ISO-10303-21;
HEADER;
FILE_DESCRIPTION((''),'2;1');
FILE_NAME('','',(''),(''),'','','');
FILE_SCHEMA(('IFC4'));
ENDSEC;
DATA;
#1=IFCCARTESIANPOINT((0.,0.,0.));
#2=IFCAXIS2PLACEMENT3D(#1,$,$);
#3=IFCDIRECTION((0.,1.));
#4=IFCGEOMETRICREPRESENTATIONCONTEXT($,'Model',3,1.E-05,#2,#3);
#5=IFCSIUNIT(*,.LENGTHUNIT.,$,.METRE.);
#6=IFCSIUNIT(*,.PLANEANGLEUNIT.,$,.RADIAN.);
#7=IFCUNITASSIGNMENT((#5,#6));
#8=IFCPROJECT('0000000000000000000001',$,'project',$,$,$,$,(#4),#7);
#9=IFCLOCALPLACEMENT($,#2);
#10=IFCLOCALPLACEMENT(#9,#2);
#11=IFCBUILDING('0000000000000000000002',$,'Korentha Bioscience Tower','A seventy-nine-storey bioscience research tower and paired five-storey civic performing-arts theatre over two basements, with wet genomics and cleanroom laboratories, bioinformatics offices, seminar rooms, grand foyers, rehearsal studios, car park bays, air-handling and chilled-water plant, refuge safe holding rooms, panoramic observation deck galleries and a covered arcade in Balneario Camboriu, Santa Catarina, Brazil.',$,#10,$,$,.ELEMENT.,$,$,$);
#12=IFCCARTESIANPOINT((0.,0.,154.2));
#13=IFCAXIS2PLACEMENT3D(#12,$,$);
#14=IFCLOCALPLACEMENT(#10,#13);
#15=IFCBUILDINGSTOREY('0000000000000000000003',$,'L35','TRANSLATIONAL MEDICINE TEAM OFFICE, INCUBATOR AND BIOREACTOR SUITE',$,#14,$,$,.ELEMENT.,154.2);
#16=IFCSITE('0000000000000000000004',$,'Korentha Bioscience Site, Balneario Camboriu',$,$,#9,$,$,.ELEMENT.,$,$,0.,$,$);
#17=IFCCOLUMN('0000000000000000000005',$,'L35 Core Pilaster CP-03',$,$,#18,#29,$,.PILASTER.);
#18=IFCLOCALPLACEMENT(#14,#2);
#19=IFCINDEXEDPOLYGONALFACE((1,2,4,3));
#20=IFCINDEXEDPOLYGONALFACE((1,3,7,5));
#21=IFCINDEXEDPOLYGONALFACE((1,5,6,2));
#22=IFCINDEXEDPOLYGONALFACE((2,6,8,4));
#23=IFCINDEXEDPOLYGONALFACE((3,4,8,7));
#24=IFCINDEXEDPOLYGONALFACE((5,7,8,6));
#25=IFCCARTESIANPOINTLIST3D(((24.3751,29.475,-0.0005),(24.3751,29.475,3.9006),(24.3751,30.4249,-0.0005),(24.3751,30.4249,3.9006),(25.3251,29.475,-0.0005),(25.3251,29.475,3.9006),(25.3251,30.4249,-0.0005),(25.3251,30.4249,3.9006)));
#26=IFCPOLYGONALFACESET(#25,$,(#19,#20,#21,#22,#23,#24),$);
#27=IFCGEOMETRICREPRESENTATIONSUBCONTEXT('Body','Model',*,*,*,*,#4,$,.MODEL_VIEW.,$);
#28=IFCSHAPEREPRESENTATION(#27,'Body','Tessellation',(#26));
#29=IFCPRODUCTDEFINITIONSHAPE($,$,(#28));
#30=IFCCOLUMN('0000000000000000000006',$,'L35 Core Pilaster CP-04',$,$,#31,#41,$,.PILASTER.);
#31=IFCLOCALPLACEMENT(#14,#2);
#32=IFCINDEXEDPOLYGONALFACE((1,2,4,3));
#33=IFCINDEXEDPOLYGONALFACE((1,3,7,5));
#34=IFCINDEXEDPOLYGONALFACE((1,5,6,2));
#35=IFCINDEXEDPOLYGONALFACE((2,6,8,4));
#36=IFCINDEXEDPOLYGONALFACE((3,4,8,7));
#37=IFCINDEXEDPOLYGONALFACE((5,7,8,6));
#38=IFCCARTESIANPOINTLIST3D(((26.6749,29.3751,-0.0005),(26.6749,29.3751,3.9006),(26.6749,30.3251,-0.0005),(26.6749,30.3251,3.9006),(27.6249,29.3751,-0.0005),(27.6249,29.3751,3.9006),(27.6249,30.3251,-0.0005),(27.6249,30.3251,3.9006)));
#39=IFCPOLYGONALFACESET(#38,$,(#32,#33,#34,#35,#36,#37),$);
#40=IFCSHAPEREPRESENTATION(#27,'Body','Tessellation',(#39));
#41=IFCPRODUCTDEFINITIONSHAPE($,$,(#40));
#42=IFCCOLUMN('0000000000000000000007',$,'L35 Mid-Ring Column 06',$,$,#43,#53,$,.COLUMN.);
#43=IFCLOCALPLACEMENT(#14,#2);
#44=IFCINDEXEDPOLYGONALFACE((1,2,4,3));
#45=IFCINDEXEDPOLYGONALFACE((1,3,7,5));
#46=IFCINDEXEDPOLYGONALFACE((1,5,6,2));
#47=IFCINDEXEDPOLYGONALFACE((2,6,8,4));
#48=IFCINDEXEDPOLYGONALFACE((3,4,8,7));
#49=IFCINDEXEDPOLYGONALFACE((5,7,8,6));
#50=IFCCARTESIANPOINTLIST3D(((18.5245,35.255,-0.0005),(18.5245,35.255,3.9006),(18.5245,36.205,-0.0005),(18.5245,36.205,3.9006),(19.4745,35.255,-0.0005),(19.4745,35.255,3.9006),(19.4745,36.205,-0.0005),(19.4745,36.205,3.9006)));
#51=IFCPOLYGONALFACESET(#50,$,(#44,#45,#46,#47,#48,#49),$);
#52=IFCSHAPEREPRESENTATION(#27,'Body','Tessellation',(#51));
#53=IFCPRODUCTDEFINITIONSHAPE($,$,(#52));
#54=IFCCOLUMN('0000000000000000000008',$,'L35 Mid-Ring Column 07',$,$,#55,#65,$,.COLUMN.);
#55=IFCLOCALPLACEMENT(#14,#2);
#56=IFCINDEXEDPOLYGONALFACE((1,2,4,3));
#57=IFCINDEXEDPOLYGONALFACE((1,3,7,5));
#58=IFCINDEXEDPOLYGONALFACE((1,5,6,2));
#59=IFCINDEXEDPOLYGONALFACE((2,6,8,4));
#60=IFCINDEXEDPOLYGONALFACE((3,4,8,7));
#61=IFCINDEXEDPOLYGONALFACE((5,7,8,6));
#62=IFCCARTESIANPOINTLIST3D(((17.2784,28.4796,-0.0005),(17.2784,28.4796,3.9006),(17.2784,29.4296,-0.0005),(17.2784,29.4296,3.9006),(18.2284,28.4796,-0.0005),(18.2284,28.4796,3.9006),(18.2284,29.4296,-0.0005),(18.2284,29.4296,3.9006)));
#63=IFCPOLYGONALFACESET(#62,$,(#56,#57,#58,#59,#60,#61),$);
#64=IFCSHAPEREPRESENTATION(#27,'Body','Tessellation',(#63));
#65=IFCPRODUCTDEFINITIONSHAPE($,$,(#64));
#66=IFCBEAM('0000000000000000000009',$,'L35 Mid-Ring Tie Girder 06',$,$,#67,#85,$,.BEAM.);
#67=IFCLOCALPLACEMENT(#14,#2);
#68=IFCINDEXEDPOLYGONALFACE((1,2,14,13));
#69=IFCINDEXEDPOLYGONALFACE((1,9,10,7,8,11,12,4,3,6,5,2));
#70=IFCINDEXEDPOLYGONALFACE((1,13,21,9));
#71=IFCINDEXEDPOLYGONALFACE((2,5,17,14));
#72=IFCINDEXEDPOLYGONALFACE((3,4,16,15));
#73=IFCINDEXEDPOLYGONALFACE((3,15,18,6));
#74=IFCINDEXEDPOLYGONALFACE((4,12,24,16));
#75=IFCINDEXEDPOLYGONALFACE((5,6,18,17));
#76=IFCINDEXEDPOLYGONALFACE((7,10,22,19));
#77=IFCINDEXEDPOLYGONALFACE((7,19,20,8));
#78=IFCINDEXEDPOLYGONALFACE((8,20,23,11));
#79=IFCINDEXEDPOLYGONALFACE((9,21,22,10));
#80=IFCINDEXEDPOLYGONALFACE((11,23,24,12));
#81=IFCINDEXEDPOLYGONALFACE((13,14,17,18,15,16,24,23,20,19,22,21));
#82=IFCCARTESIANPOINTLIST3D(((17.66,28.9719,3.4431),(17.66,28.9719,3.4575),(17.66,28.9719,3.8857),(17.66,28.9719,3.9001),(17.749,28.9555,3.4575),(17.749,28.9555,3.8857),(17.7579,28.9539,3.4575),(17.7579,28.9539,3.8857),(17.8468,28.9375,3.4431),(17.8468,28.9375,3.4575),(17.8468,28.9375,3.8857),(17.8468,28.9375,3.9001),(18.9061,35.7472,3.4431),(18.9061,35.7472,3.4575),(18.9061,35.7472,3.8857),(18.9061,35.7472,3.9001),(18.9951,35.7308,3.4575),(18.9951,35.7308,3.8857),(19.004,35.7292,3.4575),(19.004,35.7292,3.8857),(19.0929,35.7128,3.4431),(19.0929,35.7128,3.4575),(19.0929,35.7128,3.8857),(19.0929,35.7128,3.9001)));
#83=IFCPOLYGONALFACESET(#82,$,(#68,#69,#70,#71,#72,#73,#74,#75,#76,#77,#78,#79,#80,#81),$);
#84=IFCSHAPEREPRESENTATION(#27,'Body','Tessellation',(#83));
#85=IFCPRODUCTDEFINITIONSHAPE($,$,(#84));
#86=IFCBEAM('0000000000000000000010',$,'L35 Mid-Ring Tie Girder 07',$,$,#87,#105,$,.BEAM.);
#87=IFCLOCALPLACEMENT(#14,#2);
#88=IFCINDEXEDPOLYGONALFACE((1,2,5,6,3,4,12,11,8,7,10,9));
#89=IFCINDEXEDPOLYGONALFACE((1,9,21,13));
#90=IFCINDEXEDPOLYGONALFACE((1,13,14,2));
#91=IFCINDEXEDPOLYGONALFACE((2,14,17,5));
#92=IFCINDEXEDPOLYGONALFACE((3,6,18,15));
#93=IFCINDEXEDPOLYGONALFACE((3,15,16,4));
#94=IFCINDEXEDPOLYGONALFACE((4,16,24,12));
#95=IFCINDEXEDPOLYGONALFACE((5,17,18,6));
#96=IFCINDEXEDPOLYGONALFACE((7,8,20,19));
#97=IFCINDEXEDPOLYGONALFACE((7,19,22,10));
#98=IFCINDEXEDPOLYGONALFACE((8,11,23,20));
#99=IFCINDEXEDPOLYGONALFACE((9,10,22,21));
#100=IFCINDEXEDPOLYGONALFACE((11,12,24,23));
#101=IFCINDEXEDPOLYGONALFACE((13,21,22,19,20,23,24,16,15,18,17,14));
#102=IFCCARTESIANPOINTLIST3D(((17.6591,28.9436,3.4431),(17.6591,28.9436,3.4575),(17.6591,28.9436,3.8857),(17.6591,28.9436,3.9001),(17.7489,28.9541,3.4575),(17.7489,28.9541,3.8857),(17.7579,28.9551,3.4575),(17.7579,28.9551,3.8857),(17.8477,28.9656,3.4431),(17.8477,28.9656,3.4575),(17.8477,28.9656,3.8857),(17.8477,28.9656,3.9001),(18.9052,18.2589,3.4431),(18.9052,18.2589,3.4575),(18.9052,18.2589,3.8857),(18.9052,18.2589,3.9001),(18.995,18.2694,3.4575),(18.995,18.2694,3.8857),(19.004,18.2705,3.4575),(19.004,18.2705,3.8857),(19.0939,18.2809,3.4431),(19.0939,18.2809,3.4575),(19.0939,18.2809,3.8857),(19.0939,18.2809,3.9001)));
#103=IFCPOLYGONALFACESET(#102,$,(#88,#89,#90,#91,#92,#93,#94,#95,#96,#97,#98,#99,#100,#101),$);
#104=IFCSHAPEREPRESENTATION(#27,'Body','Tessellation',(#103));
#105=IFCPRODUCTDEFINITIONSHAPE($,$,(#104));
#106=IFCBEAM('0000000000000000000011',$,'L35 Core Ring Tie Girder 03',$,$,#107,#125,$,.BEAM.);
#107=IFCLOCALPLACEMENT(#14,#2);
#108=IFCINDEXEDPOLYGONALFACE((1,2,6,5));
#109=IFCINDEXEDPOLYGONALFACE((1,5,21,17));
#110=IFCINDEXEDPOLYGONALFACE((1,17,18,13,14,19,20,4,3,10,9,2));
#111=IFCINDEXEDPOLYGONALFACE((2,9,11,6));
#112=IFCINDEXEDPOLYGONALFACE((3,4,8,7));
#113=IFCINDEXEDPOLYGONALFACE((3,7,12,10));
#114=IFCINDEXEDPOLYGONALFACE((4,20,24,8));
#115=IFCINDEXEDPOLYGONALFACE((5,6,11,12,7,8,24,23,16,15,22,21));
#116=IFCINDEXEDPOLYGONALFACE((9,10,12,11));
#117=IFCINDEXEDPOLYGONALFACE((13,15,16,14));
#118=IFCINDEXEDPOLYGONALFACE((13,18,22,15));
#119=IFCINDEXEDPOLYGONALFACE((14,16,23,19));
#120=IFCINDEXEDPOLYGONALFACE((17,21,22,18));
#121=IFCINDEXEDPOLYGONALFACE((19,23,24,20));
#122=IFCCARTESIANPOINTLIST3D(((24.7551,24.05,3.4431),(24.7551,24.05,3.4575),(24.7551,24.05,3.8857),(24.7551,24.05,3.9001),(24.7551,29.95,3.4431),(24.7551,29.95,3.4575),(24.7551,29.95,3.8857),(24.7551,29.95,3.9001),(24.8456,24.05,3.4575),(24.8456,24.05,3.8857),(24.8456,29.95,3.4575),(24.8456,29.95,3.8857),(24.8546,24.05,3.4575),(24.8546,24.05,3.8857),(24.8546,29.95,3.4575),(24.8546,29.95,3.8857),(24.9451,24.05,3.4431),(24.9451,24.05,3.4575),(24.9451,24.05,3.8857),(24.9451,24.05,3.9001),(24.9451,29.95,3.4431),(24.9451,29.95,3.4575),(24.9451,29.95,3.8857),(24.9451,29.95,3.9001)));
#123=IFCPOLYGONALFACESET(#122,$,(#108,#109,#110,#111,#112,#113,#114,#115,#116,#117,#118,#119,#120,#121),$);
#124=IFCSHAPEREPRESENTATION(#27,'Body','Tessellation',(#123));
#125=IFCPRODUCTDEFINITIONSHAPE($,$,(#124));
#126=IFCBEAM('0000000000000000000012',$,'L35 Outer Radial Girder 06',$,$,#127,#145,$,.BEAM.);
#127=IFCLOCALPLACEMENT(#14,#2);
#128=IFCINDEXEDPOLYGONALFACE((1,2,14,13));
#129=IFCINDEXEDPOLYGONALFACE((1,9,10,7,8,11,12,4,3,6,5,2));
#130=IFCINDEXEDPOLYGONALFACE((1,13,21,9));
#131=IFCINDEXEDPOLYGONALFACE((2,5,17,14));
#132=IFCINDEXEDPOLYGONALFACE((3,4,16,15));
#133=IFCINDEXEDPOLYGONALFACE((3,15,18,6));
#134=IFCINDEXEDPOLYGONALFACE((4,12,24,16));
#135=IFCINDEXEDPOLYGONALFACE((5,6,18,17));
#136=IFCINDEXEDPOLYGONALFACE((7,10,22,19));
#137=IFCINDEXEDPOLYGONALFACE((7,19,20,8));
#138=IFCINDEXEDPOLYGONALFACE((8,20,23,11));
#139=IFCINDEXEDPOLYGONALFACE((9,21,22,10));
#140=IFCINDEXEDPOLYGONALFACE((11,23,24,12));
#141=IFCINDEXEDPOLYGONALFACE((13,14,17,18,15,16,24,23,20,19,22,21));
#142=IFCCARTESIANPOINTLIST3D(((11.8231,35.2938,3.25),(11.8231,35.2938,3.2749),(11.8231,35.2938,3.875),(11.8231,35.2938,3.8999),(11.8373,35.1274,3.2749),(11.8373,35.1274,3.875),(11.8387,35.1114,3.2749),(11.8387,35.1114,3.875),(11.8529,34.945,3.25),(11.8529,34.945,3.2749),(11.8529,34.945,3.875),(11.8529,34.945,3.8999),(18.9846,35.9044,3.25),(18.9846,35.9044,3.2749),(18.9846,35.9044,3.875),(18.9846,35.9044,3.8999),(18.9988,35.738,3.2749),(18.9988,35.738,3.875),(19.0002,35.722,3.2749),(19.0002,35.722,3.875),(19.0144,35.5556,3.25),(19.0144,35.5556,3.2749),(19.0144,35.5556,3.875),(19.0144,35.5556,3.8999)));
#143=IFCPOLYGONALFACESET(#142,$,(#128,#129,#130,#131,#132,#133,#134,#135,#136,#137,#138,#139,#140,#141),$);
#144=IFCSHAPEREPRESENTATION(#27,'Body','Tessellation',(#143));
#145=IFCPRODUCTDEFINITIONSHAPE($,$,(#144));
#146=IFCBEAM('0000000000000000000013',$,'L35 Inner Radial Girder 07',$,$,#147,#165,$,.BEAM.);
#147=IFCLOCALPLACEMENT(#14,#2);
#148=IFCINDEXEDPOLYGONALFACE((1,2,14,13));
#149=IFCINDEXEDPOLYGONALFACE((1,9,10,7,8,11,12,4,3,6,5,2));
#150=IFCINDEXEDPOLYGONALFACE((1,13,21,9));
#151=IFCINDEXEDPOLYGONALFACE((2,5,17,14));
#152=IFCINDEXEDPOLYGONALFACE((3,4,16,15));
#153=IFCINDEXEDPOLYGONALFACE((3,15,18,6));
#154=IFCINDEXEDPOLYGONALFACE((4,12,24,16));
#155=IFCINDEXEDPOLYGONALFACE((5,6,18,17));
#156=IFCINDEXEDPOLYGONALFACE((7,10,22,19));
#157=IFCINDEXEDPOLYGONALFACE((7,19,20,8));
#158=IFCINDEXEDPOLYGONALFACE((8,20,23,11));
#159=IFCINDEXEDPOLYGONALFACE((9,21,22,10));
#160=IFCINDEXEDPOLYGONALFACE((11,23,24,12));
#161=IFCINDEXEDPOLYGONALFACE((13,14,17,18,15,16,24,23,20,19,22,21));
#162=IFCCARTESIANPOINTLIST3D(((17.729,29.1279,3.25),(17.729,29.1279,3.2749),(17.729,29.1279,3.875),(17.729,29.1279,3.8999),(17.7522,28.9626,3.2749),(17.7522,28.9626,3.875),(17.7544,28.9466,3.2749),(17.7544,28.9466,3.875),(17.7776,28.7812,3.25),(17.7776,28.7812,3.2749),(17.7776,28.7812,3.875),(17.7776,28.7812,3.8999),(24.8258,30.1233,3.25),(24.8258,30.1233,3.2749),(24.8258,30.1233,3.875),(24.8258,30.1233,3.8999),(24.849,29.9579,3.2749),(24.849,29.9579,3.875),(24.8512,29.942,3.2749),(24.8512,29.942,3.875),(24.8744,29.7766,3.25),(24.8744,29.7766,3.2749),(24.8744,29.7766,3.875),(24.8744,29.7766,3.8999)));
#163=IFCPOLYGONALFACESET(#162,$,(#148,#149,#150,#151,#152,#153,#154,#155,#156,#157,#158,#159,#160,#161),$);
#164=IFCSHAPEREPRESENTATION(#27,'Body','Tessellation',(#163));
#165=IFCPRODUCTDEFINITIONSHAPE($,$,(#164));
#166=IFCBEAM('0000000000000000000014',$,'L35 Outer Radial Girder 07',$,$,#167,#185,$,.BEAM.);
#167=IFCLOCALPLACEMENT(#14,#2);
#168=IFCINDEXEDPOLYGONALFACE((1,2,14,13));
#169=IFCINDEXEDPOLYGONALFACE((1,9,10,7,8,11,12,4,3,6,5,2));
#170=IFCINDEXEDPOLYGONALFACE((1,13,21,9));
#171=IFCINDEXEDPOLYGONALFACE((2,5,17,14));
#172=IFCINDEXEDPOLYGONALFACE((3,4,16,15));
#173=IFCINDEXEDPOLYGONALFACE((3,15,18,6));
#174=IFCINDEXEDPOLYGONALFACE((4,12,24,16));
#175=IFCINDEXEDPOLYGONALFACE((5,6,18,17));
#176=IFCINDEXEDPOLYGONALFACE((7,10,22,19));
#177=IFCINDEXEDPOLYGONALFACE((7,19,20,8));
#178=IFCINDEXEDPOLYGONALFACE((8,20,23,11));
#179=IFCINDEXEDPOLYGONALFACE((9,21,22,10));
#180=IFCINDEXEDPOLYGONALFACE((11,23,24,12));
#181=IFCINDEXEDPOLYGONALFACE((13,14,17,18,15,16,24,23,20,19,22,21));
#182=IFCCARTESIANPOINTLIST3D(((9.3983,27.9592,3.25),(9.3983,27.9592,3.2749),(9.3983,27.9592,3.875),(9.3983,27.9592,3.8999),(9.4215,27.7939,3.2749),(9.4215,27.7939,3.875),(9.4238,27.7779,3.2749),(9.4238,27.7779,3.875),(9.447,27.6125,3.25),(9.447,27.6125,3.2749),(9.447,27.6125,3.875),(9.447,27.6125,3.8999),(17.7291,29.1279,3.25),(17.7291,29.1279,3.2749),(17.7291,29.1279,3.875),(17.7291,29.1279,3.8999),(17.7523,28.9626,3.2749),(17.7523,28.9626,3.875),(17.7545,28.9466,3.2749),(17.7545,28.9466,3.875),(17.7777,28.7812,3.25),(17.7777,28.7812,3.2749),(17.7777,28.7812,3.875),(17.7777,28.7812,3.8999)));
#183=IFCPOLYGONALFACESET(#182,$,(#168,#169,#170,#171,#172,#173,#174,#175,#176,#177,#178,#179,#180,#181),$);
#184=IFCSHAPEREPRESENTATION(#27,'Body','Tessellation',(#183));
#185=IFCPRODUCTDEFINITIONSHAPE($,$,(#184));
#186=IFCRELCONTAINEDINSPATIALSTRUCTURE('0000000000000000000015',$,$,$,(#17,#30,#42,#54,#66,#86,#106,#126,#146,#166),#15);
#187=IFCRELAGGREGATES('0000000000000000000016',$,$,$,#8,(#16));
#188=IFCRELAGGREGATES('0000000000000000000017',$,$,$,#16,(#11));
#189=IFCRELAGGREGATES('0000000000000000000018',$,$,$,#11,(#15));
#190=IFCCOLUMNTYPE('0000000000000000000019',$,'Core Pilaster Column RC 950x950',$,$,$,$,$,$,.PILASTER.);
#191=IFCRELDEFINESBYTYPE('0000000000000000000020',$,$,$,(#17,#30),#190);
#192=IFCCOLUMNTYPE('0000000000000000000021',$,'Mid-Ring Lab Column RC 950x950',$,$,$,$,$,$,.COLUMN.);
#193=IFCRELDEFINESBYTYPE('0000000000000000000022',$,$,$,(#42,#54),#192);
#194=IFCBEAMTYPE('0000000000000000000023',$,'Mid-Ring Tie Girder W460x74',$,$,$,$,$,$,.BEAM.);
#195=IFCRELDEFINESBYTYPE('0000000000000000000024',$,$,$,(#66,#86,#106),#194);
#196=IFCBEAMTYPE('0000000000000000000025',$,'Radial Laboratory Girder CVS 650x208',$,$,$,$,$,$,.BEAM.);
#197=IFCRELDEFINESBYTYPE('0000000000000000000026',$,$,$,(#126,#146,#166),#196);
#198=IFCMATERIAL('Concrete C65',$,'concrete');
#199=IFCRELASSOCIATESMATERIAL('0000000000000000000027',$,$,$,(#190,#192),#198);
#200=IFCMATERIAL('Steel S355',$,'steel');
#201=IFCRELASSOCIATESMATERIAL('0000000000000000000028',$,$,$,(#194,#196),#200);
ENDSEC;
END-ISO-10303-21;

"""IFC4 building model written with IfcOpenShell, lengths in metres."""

from ifc_helpers import new_model, si_unit, direction, frame, origin, origin_2d, place, context, subcontext, project, spatial, rectangle, i_section, extrude, material, material_profile, profile_set, type_object, element, save


model = new_model("IFC4")

# Units and contexts
model_context = context("Model", 3, precision=1e-05, world=origin(), true_north=direction((0.0, 1.0)))
body_context = subcontext(model_context, "Body", "Model", "MODEL_VIEW")
ifc_project = project(units=[si_unit("LENGTHUNIT", "METRE"), si_unit("PLANEANGLEUNIT", "RADIAN")], contexts=[model_context])

# Site, building, storey
site_placement = place(None, origin())
site = spatial("IfcSite", under=ifc_project, at=site_placement, Name="Korentha Bioscience Site, Balneario Camboriu", CompositionType="ELEMENT", RefElevation=0.0)
building_placement = place(site_placement, origin())
building = spatial("IfcBuilding", under=site, at=building_placement, Name="Korentha Bioscience Tower", Description="A seventy-nine-storey bioscience research tower and paired five-storey civic performing-arts theatre over two basements, with wet genomics and cleanroom laboratories, bioinformatics offices, seminar rooms, grand foyers, rehearsal studios, car park bays, air-handling and chilled-water plant, refuge safe holding rooms, panoramic observation deck galleries and a covered arcade in Balneario Camboriu, Santa Catarina, Brazil.", CompositionType="ELEMENT")
storey_placement = place(building_placement, frame((0.0, 0.0, 154.2)))
storey = spatial("IfcBuildingStorey", under=building, at=storey_placement, Name="L35", Description="TRANSLATIONAL MEDICINE TEAM OFFICE, INCUBATOR AND BIOREACTOR SUITE", CompositionType="ELEMENT", Elevation=154.2)

# Columns
ifc_material_1 = material(Name="Concrete C65", Category="concrete")
ifc_material_profile_1 = material_profile(ifc_material_1, rectangle(XDim=0.95, YDim=0.95, at=origin_2d()), Name="Concrete C65")
ifc_profile_set_1 = profile_set([ifc_material_profile_1], Name="Concrete C65 (COL-CP09)")
column_type_1 = type_object("IfcColumnType", Name="Core Pilaster Column RC 950x950", PredefinedType="PILASTER", material=ifc_profile_set_1)
for number, where, z_axis, x_axis, name in (
    (1, (24.8501, 29.95, -0.0005), (0.0, 0.0, 1.0), (1.0, 0.0, 0.0), "L35 Core Pilaster CP-03"),
    (2, (27.1499, 29.8501, -0.0005), (0.0, 0.0, 1.0), (1.0, 0.0, 0.0), "L35 Core Pilaster CP-04"),
):
    element("IfcColumn", number, at=place(storey_placement, frame(where, z_axis=z_axis, x_axis=x_axis)), inside=storey, type_object=column_type_1, Name=name, PredefinedType="PILASTER", context=body_context, shape_type="SweptSolid", body=[
        extrude(rectangle(XDim=0.95, YDim=0.95, at=origin_2d()), origin(), (0.0, 0.0, 1.0), 3.9011),
    ])
ifc_material_profile_2 = material_profile(ifc_material_1, rectangle(XDim=0.95, YDim=0.95, at=origin_2d()), Name="Concrete C65")
ifc_profile_set_2 = profile_set([ifc_material_profile_2], Name="Concrete C65 (COL-MR09)")
column_type_2 = type_object("IfcColumnType", Name="Mid-Ring Lab Column RC 950x950", PredefinedType="COLUMN", material=ifc_profile_set_2)
for number, where, z_axis, x_axis, name in (
    (3, (18.9995, 35.73, -0.0005), (0.0, 0.0, 1.0), (1.0, 0.0, 0.0), "L35 Mid-Ring Column 06"),
    (4, (17.7534, 28.9546, -0.0005), (0.0, 0.0, 1.0), (1.0, 0.0, 0.0), "L35 Mid-Ring Column 07"),
):
    element("IfcColumn", number, at=place(storey_placement, frame(where, z_axis=z_axis, x_axis=x_axis)), inside=storey, type_object=column_type_2, Name=name, PredefinedType="COLUMN", context=body_context, shape_type="SweptSolid", body=[
        extrude(rectangle(XDim=0.95, YDim=0.95, at=origin_2d()), origin(), (0.0, 0.0, 1.0), 3.9011),
    ])

# Beams
ifc_material_2 = material(Name="Steel S355", Category="steel")
ifc_material_profile_3 = material_profile(ifc_material_2, i_section(OverallWidth=0.1899, OverallDepth=0.457, WebThickness=0.009, FlangeThickness=0.0144, at=origin_2d()), Name="Steel S355")
ifc_profile_set_3 = profile_set([ifc_material_profile_3], Name="Steel S355 (MB-460)")
beam_type_1 = type_object("IfcBeamType", Name="Mid-Ring Tie Girder W460x74", PredefinedType="BEAM", material=ifc_profile_set_3)
beam_1_placement = place(storey_placement, frame((18.9995, 35.73, 3.6716), z_axis=(-0.180881, -0.983505, 0.0), x_axis=(0.983505, -0.180881, 0.0)))
element("IfcBeam", 5, at=beam_1_placement, inside=storey, type_object=beam_type_1, Name="L35 Mid-Ring Tie Girder 06", PredefinedType="BEAM", context=body_context, shape_type="SweptSolid", body=[
    extrude(i_section(OverallWidth=0.1899, OverallDepth=0.457, WebThickness=0.009, FlangeThickness=0.0144, at=origin_2d()), origin(), (0.0, 0.0, 1.0), 6.8889),
])
beam_2_placement = place(storey_placement, frame((17.7534, 28.9546, 3.6716), z_axis=(0.11584, -0.993268, 0.0), x_axis=(0.993268, 0.11584, 0.0)))
element("IfcBeam", 6, at=beam_2_placement, inside=storey, type_object=beam_type_1, Name="L35 Mid-Ring Tie Girder 07", PredefinedType="BEAM", context=body_context, shape_type="SweptSolid", body=[
    extrude(i_section(OverallWidth=0.1899, OverallDepth=0.457, WebThickness=0.009, FlangeThickness=0.0144, at=origin_2d()), origin(), (0.0, 0.0, 1.0), 10.7571),
])
beam_3_placement = place(storey_placement, frame((24.8501, 29.95, 3.6716), z_axis=(0.0, -1.0, 0.0), x_axis=(1.0, 0.0, 0.0)))
element("IfcBeam", 7, at=beam_3_placement, inside=storey, type_object=beam_type_1, Name="L35 Core Ring Tie Girder 03", PredefinedType="BEAM", context=body_context, shape_type="SweptSolid", body=[
    extrude(i_section(OverallWidth=0.1899, OverallDepth=0.457, WebThickness=0.009, FlangeThickness=0.0144, at=origin_2d()), origin(), (0.0, 0.0, 1.0), 5.8999),
])
ifc_material_profile_4 = material_profile(ifc_material_2, i_section(OverallWidth=0.3501, OverallDepth=0.6499, WebThickness=0.0161, FlangeThickness=0.0249, at=origin_2d()), Name="Steel S355")
ifc_profile_set_4 = profile_set([ifc_material_profile_4], Name="Steel S355 (RB-650)")
beam_type_2 = type_object("IfcBeamType", Name="Radial Laboratory Girder CVS 650x208", PredefinedType="BEAM", material=ifc_profile_set_4)
beam_4_placement = place(storey_placement, frame((18.9995, 35.73, 3.575), z_axis=(-0.996385, -0.084951, 0.0), x_axis=(0.084951, -0.996385, 0.0)))
element("IfcBeam", 8, at=beam_4_placement, inside=storey, type_object=beam_type_2, Name="L35 Outer Radial Girder 06", PredefinedType="BEAM", context=body_context, shape_type="SweptSolid", body=[
    extrude(i_section(OverallWidth=0.3501, OverallDepth=0.6499, WebThickness=0.0161, FlangeThickness=0.0249, at=origin_2d()), origin(), (0.0, 0.0, 1.0), 7.1875),
])
beam_5_placement = place(storey_placement, frame((24.8501, 29.95, 3.575), z_axis=(-0.990307, -0.138898, 0.0), x_axis=(0.138898, -0.990307, 0.0)))
element("IfcBeam", 9, at=beam_5_placement, inside=storey, type_object=beam_type_2, Name="L35 Inner Radial Girder 07", PredefinedType="BEAM", context=body_context, shape_type="SweptSolid", body=[
    extrude(i_section(OverallWidth=0.3501, OverallDepth=0.6499, WebThickness=0.0161, FlangeThickness=0.0249, at=origin_2d()), origin(), (0.0, 0.0, 1.0), 7.1663),
])
beam_6_placement = place(storey_placement, frame((17.7534, 28.9546, 3.575), z_axis=(-0.990303, -0.138926, 0.0), x_axis=(0.138926, -0.990303, 0.0)))
element("IfcBeam", 10, at=beam_6_placement, inside=storey, type_object=beam_type_2, Name="L35 Outer Radial Girder 07", PredefinedType="BEAM", context=body_context, shape_type="SweptSolid", body=[
    extrude(i_section(OverallWidth=0.3501, OverallDepth=0.6499, WebThickness=0.0161, FlangeThickness=0.0249, at=origin_2d()), origin(), (0.0, 0.0, 1.0), 8.4124),
])

save(model, "model.ifc")
